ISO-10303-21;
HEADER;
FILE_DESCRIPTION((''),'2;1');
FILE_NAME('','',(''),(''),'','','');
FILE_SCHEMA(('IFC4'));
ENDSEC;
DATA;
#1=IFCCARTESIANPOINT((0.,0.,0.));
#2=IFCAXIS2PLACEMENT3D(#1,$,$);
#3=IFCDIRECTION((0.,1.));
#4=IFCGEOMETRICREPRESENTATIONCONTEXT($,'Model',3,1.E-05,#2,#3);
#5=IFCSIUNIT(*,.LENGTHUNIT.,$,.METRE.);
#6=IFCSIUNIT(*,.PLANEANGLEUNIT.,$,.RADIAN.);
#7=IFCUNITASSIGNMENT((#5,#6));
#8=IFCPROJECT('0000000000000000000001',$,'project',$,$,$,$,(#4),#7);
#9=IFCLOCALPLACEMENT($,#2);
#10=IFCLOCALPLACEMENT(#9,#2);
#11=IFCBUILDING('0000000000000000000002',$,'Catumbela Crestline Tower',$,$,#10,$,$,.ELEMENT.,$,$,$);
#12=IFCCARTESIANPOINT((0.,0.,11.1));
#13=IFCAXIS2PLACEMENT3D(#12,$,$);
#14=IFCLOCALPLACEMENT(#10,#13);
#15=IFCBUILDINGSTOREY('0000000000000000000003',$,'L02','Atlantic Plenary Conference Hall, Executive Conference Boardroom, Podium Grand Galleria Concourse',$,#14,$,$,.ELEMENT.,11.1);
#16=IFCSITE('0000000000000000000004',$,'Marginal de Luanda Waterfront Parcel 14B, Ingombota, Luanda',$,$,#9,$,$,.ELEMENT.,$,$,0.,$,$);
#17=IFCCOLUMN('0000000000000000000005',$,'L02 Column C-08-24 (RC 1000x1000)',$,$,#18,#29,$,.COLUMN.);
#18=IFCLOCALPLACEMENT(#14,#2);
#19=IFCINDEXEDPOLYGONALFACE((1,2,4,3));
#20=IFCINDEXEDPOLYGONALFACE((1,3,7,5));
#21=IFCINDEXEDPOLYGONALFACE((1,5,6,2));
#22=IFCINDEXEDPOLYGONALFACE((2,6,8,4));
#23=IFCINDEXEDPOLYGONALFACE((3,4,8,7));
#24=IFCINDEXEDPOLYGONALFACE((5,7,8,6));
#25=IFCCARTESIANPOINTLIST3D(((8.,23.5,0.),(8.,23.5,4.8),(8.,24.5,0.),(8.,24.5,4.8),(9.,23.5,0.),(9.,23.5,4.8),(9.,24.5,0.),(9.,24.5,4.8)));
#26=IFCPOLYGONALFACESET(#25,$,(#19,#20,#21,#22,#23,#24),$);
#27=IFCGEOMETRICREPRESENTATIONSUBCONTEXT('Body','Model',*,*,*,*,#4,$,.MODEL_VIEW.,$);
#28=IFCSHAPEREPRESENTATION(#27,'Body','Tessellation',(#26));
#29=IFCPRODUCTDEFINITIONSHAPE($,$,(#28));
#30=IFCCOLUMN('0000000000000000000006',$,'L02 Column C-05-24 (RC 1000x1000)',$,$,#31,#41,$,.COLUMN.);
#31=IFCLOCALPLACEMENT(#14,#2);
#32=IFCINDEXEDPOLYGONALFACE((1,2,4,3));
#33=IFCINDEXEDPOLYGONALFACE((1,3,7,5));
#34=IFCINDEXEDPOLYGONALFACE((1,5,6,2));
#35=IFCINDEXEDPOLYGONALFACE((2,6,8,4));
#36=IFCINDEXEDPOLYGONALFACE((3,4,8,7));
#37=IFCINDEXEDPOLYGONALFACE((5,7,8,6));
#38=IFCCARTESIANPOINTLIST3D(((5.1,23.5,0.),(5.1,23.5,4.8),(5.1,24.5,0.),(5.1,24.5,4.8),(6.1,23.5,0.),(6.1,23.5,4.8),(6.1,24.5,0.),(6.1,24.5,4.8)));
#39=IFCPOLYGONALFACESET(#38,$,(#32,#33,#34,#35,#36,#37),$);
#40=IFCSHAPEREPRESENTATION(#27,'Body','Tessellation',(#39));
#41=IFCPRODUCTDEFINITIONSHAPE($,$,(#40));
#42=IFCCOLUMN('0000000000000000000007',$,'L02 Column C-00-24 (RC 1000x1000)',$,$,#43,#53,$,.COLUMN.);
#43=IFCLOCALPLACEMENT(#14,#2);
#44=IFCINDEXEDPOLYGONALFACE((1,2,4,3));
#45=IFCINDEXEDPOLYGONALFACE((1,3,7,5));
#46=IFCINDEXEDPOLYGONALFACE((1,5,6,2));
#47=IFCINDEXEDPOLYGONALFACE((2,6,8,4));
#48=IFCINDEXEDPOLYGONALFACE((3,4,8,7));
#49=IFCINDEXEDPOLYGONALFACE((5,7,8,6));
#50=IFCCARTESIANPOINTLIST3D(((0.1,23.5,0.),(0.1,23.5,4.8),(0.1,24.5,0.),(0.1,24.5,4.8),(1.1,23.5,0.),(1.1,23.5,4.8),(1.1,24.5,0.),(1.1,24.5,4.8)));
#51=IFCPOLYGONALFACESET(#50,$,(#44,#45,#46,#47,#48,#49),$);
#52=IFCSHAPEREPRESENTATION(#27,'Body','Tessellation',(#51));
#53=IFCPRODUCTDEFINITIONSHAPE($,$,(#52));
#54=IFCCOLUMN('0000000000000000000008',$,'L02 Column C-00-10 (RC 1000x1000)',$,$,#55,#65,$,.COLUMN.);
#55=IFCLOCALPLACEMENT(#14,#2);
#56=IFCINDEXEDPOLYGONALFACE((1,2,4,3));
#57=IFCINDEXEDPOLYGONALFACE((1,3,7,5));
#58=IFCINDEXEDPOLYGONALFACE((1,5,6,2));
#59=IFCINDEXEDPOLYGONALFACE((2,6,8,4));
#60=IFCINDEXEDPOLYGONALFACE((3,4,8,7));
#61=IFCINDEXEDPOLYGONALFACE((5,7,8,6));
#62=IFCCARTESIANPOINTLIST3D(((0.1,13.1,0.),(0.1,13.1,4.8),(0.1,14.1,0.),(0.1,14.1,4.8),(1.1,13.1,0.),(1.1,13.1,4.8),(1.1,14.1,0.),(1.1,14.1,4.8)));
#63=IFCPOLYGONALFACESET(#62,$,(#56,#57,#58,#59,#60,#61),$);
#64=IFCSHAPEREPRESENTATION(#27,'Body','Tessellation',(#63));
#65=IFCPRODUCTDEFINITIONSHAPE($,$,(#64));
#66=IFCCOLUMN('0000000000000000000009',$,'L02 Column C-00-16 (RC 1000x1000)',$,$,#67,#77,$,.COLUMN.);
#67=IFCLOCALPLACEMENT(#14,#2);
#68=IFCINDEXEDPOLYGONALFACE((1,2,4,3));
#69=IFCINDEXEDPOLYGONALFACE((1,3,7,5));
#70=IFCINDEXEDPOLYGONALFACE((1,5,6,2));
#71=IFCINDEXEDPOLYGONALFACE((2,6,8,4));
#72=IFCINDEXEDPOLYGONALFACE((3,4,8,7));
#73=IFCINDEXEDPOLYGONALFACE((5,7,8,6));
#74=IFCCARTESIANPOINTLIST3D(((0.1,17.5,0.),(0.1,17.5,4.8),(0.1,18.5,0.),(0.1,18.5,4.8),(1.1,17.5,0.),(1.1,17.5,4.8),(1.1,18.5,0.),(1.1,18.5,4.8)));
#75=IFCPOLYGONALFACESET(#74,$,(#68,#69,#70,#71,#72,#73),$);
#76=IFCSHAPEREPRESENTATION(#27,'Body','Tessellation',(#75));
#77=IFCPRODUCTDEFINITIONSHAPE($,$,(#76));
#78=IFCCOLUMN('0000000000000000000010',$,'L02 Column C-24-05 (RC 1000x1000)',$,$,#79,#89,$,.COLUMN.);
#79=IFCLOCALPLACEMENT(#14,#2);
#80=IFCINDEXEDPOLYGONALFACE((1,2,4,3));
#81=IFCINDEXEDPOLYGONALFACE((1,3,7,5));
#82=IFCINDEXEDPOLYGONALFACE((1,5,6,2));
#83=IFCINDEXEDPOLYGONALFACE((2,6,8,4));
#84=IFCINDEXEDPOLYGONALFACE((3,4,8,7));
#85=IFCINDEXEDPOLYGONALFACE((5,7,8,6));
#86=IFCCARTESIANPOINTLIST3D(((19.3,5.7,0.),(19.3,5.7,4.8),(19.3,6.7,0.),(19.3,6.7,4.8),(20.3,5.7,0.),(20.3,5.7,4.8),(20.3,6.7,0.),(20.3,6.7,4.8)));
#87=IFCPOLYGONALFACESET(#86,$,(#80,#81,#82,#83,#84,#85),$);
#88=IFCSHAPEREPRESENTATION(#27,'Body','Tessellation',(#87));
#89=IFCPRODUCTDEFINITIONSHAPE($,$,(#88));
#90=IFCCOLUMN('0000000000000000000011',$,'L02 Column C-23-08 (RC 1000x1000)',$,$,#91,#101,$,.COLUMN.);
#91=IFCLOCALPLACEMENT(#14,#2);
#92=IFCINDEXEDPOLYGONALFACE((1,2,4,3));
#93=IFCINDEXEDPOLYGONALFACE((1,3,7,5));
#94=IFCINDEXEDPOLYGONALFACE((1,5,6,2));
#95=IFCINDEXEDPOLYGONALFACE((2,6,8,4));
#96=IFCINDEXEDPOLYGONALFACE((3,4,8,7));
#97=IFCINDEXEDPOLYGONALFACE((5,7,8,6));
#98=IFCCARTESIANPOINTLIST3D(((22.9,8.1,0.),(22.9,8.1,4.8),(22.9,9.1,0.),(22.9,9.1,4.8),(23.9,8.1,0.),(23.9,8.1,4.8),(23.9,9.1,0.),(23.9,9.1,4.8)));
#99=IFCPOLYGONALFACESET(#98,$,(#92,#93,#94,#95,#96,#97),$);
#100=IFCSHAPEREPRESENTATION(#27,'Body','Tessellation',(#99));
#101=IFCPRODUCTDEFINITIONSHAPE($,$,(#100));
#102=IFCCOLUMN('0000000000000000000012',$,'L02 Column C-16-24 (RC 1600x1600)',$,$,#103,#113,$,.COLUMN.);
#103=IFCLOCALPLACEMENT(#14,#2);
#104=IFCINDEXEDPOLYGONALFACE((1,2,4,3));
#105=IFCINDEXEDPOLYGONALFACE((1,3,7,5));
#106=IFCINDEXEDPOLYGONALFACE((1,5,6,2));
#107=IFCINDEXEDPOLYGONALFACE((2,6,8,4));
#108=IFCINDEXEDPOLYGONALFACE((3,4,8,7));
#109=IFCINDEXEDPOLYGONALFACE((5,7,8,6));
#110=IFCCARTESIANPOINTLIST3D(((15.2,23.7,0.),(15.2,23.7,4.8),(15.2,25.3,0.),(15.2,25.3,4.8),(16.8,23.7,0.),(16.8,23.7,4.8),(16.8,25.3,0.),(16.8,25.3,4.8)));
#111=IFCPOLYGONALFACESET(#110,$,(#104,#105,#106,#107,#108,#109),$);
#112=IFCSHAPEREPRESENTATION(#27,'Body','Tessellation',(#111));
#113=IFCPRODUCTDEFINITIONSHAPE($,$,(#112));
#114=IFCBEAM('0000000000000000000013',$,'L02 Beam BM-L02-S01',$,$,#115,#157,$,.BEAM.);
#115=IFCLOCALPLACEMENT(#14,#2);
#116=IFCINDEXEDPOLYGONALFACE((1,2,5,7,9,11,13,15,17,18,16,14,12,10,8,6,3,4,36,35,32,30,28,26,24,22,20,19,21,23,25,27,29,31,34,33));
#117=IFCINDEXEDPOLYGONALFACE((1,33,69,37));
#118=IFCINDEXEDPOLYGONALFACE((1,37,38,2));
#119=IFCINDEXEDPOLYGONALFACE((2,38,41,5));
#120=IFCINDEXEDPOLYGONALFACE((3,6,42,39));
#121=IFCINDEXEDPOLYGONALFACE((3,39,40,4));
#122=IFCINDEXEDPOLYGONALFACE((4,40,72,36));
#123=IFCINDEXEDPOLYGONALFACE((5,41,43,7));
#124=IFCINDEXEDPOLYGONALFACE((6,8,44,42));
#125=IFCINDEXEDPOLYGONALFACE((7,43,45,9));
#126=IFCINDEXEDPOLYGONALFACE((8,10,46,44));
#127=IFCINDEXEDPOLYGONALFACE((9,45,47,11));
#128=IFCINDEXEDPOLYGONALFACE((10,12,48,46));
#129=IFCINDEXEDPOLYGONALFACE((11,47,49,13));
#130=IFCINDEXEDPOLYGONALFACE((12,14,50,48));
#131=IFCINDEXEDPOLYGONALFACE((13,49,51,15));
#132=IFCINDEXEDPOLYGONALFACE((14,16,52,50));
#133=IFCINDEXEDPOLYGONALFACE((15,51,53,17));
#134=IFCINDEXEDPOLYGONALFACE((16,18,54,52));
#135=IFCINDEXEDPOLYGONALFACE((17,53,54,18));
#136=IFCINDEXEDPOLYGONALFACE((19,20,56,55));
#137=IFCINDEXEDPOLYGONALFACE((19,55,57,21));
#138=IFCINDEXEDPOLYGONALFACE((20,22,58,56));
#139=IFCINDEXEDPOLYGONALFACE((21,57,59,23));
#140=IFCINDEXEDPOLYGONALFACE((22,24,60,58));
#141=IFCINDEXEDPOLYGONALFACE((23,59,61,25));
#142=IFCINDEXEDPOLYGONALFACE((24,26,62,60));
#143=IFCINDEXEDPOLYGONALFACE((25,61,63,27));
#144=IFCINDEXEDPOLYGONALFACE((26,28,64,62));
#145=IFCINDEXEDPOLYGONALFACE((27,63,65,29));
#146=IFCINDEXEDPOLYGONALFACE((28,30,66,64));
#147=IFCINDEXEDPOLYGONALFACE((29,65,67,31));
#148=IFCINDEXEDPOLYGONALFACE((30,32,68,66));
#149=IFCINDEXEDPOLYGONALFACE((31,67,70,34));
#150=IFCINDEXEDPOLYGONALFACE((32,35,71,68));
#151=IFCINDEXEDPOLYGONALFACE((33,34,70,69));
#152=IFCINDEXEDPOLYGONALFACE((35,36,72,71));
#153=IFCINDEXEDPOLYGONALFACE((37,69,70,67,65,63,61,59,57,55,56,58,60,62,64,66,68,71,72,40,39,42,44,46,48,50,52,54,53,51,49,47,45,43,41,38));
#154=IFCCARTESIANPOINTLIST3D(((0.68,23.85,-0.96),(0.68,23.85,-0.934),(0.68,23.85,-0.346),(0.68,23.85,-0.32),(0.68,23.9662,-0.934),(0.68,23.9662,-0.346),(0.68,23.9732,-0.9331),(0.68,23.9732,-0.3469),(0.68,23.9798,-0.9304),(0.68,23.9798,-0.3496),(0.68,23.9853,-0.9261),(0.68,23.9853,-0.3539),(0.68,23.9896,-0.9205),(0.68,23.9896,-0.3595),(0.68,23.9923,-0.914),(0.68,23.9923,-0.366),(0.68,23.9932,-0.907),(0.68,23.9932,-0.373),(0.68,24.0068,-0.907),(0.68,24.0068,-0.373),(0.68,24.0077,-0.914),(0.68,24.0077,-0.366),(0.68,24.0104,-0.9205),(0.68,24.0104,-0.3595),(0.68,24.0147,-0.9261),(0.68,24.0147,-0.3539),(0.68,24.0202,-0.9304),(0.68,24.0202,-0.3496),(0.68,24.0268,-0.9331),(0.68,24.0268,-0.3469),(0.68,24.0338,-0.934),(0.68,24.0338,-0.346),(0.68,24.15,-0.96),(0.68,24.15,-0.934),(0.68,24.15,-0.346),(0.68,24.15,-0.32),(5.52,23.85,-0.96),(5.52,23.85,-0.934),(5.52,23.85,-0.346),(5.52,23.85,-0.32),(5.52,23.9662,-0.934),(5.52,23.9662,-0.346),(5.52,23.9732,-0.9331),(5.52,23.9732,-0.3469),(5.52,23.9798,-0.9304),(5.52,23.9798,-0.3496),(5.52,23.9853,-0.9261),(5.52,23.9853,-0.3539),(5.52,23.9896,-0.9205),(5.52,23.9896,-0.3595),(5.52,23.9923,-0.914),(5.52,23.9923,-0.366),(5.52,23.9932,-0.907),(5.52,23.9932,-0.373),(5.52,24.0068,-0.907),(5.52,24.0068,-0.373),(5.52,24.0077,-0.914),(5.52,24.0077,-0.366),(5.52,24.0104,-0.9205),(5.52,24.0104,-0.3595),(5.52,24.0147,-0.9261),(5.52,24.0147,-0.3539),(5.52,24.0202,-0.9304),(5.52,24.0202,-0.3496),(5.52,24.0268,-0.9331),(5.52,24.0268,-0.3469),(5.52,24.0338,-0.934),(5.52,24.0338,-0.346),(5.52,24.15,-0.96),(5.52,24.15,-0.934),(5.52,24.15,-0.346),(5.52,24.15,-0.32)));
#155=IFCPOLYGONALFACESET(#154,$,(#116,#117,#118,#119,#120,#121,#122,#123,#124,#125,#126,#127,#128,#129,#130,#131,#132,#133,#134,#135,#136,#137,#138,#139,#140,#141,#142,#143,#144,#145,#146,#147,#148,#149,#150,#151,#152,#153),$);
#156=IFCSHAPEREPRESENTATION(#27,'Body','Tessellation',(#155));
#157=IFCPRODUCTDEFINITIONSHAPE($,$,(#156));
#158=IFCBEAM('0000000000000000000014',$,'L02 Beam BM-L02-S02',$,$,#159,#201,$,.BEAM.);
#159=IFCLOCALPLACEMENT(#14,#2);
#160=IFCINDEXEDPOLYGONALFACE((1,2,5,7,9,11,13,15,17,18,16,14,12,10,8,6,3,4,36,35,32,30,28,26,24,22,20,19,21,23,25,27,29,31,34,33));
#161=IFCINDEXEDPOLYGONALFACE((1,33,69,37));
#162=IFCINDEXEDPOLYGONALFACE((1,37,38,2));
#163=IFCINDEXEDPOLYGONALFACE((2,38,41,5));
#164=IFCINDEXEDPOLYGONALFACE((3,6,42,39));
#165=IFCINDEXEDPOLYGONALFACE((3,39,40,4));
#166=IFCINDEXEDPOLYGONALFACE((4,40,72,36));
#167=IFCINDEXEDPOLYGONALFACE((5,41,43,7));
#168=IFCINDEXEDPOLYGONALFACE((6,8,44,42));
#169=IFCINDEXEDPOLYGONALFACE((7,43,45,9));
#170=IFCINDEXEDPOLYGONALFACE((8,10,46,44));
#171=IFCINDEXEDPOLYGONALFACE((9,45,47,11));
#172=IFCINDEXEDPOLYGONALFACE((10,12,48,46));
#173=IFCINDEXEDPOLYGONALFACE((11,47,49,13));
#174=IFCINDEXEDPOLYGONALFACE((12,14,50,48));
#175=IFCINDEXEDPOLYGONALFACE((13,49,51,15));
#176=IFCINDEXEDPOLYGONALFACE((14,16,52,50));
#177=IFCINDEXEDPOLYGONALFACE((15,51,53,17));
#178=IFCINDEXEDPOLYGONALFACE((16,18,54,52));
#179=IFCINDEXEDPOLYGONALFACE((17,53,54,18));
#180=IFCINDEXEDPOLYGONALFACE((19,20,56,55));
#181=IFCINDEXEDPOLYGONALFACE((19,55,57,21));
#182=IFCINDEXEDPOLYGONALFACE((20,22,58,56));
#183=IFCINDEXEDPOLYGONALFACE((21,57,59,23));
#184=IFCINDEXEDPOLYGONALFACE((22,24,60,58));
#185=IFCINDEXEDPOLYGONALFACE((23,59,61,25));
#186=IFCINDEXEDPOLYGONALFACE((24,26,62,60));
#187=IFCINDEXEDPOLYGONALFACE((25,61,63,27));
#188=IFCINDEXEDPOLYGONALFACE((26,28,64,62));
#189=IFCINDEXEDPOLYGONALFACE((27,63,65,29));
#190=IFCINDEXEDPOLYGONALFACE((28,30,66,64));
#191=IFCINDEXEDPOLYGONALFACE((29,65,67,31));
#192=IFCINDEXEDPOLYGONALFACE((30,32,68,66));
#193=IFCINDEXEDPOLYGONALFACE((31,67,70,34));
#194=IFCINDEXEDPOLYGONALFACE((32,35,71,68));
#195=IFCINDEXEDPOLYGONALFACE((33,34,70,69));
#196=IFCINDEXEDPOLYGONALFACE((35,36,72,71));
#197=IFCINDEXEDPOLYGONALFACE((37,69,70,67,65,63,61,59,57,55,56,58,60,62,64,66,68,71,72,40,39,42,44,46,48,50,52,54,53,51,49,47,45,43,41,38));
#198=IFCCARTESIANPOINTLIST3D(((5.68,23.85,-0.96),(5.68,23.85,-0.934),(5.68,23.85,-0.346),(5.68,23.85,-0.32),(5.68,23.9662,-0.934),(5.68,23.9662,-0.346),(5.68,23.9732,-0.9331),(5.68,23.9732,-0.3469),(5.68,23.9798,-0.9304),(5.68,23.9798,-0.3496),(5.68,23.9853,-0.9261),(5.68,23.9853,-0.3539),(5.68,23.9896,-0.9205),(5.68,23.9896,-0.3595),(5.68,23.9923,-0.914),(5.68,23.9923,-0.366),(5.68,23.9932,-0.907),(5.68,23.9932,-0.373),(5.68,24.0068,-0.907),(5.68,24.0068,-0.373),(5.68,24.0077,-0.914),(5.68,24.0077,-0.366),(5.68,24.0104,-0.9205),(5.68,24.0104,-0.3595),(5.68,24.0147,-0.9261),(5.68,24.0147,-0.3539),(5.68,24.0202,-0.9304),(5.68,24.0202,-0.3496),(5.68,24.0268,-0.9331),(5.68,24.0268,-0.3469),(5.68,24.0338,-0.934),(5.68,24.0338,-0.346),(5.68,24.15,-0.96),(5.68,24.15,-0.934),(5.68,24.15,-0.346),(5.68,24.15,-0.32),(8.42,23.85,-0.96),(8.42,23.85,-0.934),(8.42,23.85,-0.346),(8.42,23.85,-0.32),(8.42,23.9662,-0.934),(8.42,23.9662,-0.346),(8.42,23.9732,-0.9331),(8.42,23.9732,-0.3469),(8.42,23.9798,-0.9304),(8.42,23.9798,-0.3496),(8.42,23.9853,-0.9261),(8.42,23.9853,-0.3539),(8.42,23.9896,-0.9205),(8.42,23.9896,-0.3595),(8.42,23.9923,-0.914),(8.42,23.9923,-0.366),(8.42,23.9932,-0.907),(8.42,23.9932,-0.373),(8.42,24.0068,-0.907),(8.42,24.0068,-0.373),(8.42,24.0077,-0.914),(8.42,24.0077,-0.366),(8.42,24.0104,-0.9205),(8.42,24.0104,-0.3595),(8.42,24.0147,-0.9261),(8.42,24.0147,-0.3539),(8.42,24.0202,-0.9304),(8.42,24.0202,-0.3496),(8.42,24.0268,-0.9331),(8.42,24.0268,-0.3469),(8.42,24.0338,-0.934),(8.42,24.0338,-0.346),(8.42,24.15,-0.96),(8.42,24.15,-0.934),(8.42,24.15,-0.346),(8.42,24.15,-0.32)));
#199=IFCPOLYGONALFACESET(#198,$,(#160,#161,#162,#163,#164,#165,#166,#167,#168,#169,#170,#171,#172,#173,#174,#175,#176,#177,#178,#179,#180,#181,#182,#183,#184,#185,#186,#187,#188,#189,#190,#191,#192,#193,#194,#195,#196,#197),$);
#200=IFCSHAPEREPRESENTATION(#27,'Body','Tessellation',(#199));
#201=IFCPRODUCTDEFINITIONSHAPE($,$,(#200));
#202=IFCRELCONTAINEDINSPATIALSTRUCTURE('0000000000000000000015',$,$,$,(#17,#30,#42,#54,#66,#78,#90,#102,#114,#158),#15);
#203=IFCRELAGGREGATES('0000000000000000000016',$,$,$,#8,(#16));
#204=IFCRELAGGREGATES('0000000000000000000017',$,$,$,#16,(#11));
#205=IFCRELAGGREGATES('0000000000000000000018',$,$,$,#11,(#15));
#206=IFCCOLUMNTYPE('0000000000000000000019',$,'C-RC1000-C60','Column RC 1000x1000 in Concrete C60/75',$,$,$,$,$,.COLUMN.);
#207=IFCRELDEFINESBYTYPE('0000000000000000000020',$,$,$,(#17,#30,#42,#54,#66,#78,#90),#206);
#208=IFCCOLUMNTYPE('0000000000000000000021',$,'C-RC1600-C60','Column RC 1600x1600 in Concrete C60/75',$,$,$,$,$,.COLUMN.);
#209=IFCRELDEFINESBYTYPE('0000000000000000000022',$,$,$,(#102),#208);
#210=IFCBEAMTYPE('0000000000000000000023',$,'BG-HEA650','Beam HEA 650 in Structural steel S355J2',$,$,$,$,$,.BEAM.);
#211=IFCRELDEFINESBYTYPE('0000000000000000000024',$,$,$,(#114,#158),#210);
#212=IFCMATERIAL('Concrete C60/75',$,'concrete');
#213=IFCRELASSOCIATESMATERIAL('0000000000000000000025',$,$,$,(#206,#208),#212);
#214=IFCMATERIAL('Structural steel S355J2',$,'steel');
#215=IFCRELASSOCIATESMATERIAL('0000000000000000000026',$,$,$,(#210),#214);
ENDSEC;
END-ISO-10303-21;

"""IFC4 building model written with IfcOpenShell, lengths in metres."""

from ifc_helpers import new_model, si_unit, direction, frame, origin, origin_2d, place, context, subcontext, project, spatial, rectangle, i_section, extrude, material, material_profile, profile_set, type_object, element, save


model = new_model("IFC4")

# Units and contexts
model_context = context("Model", 3, precision=1e-05, world=origin(), true_north=direction((0.0, 1.0)))
body_context = subcontext(model_context, "Body", "Model", "MODEL_VIEW")
ifc_project = project(units=[si_unit("LENGTHUNIT", "METRE"), si_unit("PLANEANGLEUNIT", "RADIAN")], contexts=[model_context])

# Site, building, storey
site_placement = place(None, origin())
site = spatial("IfcSite", under=ifc_project, at=site_placement, Name="Marginal de Luanda Waterfront Parcel 14B, Ingombota, Luanda", CompositionType="ELEMENT", RefElevation=0.0)
building_placement = place(site_placement, origin())
building = spatial("IfcBuilding", under=site, at=building_placement, Name="Catumbela Crestline Tower", CompositionType="ELEMENT")
storey_placement = place(building_placement, frame((0.0, 0.0, 11.1)))
storey = spatial("IfcBuildingStorey", under=building, at=storey_placement, Name="L02", Description="Atlantic Plenary Conference Hall, Executive Conference Boardroom, Podium Grand Galleria Concourse", CompositionType="ELEMENT", Elevation=11.1)

# Columns
ifc_material_1 = material(Name="Concrete C60/75", Category="concrete")
ifc_material_profile_1 = material_profile(ifc_material_1, rectangle(XDim=1.0, YDim=1.0, at=origin_2d()), Name="RC 1000x1000")
ifc_profile_set_1 = profile_set([ifc_material_profile_1], Name="Concrete C60/75")
column_type_1 = type_object("IfcColumnType", Name="C-RC1000-C60", Description="Column RC 1000x1000 in Concrete C60/75", PredefinedType="COLUMN", material=ifc_profile_set_1)
for number, where, z_axis, x_axis, name in (
    (1, (8.5, 24.0, 0.0), (0.0, 0.0, 1.0), (1.0, 0.0, 0.0), "L02 Column C-08-24 (RC 1000x1000)"),
    (2, (5.6, 24.0, 0.0), (0.0, 0.0, 1.0), (1.0, 0.0, 0.0), "L02 Column C-05-24 (RC 1000x1000)"),
    (3, (0.6, 24.0, 0.0), (0.0, 0.0, 1.0), (1.0, 0.0, 0.0), "L02 Column C-00-24 (RC 1000x1000)"),
    (4, (0.6, 13.6, 0.0), (0.0, 0.0, 1.0), (1.0, 0.0, 0.0), "L02 Column C-00-10 (RC 1000x1000)"),
    (5, (0.6, 18.0, 0.0), (0.0, 0.0, 1.0), (1.0, 0.0, 0.0), "L02 Column C-00-16 (RC 1000x1000)"),
    (6, (19.8, 6.2, 0.0), (0.0, 0.0, 1.0), (1.0, 0.0, 0.0), "L02 Column C-24-05 (RC 1000x1000)"),
    (7, (23.4, 8.6, 0.0), (0.0, 0.0, 1.0), (1.0, 0.0, 0.0), "L02 Column C-23-08 (RC 1000x1000)"),
):
    element("IfcColumn", number, at=place(storey_placement, frame(where, z_axis=z_axis, x_axis=x_axis)), inside=storey, type_object=column_type_1, Name=name, PredefinedType="COLUMN", context=body_context, shape_type="SweptSolid", body=[
        extrude(rectangle(XDim=1.0, YDim=1.0, at=origin_2d()), origin(), (0.0, 0.0, 1.0), 4.8),
    ])
ifc_material_profile_2 = material_profile(ifc_material_1, rectangle(XDim=1.6, YDim=1.6, at=origin_2d()), Name="RC 1600x1600")
ifc_profile_set_2 = profile_set([ifc_material_profile_2], Name="Concrete C60/75")
column_type_2 = type_object("IfcColumnType", Name="C-RC1600-C60", Description="Column RC 1600x1600 in Concrete C60/75", PredefinedType="COLUMN", material=ifc_profile_set_2)
column_placement = place(storey_placement, frame((16.0, 24.5, 0.0), z_axis=(0.0, 0.0, 1.0), x_axis=(1.0, 0.0, 0.0)))
element("IfcColumn", 8, at=column_placement, inside=storey, type_object=column_type_2, Name="L02 Column C-16-24 (RC 1600x1600)", PredefinedType="COLUMN", context=body_context, shape_type="SweptSolid", body=[
    extrude(rectangle(XDim=1.6, YDim=1.6, at=origin_2d()), origin(), (0.0, 0.0, 1.0), 4.8),
])

# Beams
ifc_material_2 = material(Name="Structural steel S355J2", Category="steel")
ifc_material_profile_3 = material_profile(ifc_material_2, i_section(OverallWidth=0.3, OverallDepth=0.64, WebThickness=0.0135, FlangeThickness=0.026, FilletRadius=0.027, at=origin_2d()), Name="HEA 650")
ifc_profile_set_3 = profile_set([ifc_material_profile_3], Name="Structural steel S355J2")
beam_type_1 = type_object("IfcBeamType", Name="BG-HEA650", Description="Beam HEA 650 in Structural steel S355J2", PredefinedType="BEAM", material=ifc_profile_set_3)
beam_1_placement = place(storey_placement, frame((0.68, 24.0, -0.64), z_axis=(1.0, 0.0, 0.0), x_axis=(0.0, 1.0, 0.0)))
element("IfcBeam", 9, at=beam_1_placement, inside=storey, type_object=beam_type_1, Name="L02 Beam BM-L02-S01", PredefinedType="BEAM", context=body_context, shape_type="SweptSolid", body=[
    extrude(i_section(OverallWidth=0.3, OverallDepth=0.64, WebThickness=0.0135, FlangeThickness=0.026, FilletRadius=0.027, at=origin_2d()), origin(), (0.0, 0.0, 1.0), 4.84),
])
beam_2_placement = place(storey_placement, frame((5.68, 24.0, -0.64), z_axis=(1.0, 0.0, 0.0), x_axis=(0.0, 1.0, 0.0)))
element("IfcBeam", 10, at=beam_2_placement, inside=storey, type_object=beam_type_1, Name="L02 Beam BM-L02-S02", PredefinedType="BEAM", context=body_context, shape_type="SweptSolid", body=[
    extrude(i_section(OverallWidth=0.3, OverallDepth=0.64, WebThickness=0.0135, FlangeThickness=0.026, FilletRadius=0.027, at=origin_2d()), origin(), (0.0, 0.0, 1.0), 2.74),
])

save(model, "model.ifc")
